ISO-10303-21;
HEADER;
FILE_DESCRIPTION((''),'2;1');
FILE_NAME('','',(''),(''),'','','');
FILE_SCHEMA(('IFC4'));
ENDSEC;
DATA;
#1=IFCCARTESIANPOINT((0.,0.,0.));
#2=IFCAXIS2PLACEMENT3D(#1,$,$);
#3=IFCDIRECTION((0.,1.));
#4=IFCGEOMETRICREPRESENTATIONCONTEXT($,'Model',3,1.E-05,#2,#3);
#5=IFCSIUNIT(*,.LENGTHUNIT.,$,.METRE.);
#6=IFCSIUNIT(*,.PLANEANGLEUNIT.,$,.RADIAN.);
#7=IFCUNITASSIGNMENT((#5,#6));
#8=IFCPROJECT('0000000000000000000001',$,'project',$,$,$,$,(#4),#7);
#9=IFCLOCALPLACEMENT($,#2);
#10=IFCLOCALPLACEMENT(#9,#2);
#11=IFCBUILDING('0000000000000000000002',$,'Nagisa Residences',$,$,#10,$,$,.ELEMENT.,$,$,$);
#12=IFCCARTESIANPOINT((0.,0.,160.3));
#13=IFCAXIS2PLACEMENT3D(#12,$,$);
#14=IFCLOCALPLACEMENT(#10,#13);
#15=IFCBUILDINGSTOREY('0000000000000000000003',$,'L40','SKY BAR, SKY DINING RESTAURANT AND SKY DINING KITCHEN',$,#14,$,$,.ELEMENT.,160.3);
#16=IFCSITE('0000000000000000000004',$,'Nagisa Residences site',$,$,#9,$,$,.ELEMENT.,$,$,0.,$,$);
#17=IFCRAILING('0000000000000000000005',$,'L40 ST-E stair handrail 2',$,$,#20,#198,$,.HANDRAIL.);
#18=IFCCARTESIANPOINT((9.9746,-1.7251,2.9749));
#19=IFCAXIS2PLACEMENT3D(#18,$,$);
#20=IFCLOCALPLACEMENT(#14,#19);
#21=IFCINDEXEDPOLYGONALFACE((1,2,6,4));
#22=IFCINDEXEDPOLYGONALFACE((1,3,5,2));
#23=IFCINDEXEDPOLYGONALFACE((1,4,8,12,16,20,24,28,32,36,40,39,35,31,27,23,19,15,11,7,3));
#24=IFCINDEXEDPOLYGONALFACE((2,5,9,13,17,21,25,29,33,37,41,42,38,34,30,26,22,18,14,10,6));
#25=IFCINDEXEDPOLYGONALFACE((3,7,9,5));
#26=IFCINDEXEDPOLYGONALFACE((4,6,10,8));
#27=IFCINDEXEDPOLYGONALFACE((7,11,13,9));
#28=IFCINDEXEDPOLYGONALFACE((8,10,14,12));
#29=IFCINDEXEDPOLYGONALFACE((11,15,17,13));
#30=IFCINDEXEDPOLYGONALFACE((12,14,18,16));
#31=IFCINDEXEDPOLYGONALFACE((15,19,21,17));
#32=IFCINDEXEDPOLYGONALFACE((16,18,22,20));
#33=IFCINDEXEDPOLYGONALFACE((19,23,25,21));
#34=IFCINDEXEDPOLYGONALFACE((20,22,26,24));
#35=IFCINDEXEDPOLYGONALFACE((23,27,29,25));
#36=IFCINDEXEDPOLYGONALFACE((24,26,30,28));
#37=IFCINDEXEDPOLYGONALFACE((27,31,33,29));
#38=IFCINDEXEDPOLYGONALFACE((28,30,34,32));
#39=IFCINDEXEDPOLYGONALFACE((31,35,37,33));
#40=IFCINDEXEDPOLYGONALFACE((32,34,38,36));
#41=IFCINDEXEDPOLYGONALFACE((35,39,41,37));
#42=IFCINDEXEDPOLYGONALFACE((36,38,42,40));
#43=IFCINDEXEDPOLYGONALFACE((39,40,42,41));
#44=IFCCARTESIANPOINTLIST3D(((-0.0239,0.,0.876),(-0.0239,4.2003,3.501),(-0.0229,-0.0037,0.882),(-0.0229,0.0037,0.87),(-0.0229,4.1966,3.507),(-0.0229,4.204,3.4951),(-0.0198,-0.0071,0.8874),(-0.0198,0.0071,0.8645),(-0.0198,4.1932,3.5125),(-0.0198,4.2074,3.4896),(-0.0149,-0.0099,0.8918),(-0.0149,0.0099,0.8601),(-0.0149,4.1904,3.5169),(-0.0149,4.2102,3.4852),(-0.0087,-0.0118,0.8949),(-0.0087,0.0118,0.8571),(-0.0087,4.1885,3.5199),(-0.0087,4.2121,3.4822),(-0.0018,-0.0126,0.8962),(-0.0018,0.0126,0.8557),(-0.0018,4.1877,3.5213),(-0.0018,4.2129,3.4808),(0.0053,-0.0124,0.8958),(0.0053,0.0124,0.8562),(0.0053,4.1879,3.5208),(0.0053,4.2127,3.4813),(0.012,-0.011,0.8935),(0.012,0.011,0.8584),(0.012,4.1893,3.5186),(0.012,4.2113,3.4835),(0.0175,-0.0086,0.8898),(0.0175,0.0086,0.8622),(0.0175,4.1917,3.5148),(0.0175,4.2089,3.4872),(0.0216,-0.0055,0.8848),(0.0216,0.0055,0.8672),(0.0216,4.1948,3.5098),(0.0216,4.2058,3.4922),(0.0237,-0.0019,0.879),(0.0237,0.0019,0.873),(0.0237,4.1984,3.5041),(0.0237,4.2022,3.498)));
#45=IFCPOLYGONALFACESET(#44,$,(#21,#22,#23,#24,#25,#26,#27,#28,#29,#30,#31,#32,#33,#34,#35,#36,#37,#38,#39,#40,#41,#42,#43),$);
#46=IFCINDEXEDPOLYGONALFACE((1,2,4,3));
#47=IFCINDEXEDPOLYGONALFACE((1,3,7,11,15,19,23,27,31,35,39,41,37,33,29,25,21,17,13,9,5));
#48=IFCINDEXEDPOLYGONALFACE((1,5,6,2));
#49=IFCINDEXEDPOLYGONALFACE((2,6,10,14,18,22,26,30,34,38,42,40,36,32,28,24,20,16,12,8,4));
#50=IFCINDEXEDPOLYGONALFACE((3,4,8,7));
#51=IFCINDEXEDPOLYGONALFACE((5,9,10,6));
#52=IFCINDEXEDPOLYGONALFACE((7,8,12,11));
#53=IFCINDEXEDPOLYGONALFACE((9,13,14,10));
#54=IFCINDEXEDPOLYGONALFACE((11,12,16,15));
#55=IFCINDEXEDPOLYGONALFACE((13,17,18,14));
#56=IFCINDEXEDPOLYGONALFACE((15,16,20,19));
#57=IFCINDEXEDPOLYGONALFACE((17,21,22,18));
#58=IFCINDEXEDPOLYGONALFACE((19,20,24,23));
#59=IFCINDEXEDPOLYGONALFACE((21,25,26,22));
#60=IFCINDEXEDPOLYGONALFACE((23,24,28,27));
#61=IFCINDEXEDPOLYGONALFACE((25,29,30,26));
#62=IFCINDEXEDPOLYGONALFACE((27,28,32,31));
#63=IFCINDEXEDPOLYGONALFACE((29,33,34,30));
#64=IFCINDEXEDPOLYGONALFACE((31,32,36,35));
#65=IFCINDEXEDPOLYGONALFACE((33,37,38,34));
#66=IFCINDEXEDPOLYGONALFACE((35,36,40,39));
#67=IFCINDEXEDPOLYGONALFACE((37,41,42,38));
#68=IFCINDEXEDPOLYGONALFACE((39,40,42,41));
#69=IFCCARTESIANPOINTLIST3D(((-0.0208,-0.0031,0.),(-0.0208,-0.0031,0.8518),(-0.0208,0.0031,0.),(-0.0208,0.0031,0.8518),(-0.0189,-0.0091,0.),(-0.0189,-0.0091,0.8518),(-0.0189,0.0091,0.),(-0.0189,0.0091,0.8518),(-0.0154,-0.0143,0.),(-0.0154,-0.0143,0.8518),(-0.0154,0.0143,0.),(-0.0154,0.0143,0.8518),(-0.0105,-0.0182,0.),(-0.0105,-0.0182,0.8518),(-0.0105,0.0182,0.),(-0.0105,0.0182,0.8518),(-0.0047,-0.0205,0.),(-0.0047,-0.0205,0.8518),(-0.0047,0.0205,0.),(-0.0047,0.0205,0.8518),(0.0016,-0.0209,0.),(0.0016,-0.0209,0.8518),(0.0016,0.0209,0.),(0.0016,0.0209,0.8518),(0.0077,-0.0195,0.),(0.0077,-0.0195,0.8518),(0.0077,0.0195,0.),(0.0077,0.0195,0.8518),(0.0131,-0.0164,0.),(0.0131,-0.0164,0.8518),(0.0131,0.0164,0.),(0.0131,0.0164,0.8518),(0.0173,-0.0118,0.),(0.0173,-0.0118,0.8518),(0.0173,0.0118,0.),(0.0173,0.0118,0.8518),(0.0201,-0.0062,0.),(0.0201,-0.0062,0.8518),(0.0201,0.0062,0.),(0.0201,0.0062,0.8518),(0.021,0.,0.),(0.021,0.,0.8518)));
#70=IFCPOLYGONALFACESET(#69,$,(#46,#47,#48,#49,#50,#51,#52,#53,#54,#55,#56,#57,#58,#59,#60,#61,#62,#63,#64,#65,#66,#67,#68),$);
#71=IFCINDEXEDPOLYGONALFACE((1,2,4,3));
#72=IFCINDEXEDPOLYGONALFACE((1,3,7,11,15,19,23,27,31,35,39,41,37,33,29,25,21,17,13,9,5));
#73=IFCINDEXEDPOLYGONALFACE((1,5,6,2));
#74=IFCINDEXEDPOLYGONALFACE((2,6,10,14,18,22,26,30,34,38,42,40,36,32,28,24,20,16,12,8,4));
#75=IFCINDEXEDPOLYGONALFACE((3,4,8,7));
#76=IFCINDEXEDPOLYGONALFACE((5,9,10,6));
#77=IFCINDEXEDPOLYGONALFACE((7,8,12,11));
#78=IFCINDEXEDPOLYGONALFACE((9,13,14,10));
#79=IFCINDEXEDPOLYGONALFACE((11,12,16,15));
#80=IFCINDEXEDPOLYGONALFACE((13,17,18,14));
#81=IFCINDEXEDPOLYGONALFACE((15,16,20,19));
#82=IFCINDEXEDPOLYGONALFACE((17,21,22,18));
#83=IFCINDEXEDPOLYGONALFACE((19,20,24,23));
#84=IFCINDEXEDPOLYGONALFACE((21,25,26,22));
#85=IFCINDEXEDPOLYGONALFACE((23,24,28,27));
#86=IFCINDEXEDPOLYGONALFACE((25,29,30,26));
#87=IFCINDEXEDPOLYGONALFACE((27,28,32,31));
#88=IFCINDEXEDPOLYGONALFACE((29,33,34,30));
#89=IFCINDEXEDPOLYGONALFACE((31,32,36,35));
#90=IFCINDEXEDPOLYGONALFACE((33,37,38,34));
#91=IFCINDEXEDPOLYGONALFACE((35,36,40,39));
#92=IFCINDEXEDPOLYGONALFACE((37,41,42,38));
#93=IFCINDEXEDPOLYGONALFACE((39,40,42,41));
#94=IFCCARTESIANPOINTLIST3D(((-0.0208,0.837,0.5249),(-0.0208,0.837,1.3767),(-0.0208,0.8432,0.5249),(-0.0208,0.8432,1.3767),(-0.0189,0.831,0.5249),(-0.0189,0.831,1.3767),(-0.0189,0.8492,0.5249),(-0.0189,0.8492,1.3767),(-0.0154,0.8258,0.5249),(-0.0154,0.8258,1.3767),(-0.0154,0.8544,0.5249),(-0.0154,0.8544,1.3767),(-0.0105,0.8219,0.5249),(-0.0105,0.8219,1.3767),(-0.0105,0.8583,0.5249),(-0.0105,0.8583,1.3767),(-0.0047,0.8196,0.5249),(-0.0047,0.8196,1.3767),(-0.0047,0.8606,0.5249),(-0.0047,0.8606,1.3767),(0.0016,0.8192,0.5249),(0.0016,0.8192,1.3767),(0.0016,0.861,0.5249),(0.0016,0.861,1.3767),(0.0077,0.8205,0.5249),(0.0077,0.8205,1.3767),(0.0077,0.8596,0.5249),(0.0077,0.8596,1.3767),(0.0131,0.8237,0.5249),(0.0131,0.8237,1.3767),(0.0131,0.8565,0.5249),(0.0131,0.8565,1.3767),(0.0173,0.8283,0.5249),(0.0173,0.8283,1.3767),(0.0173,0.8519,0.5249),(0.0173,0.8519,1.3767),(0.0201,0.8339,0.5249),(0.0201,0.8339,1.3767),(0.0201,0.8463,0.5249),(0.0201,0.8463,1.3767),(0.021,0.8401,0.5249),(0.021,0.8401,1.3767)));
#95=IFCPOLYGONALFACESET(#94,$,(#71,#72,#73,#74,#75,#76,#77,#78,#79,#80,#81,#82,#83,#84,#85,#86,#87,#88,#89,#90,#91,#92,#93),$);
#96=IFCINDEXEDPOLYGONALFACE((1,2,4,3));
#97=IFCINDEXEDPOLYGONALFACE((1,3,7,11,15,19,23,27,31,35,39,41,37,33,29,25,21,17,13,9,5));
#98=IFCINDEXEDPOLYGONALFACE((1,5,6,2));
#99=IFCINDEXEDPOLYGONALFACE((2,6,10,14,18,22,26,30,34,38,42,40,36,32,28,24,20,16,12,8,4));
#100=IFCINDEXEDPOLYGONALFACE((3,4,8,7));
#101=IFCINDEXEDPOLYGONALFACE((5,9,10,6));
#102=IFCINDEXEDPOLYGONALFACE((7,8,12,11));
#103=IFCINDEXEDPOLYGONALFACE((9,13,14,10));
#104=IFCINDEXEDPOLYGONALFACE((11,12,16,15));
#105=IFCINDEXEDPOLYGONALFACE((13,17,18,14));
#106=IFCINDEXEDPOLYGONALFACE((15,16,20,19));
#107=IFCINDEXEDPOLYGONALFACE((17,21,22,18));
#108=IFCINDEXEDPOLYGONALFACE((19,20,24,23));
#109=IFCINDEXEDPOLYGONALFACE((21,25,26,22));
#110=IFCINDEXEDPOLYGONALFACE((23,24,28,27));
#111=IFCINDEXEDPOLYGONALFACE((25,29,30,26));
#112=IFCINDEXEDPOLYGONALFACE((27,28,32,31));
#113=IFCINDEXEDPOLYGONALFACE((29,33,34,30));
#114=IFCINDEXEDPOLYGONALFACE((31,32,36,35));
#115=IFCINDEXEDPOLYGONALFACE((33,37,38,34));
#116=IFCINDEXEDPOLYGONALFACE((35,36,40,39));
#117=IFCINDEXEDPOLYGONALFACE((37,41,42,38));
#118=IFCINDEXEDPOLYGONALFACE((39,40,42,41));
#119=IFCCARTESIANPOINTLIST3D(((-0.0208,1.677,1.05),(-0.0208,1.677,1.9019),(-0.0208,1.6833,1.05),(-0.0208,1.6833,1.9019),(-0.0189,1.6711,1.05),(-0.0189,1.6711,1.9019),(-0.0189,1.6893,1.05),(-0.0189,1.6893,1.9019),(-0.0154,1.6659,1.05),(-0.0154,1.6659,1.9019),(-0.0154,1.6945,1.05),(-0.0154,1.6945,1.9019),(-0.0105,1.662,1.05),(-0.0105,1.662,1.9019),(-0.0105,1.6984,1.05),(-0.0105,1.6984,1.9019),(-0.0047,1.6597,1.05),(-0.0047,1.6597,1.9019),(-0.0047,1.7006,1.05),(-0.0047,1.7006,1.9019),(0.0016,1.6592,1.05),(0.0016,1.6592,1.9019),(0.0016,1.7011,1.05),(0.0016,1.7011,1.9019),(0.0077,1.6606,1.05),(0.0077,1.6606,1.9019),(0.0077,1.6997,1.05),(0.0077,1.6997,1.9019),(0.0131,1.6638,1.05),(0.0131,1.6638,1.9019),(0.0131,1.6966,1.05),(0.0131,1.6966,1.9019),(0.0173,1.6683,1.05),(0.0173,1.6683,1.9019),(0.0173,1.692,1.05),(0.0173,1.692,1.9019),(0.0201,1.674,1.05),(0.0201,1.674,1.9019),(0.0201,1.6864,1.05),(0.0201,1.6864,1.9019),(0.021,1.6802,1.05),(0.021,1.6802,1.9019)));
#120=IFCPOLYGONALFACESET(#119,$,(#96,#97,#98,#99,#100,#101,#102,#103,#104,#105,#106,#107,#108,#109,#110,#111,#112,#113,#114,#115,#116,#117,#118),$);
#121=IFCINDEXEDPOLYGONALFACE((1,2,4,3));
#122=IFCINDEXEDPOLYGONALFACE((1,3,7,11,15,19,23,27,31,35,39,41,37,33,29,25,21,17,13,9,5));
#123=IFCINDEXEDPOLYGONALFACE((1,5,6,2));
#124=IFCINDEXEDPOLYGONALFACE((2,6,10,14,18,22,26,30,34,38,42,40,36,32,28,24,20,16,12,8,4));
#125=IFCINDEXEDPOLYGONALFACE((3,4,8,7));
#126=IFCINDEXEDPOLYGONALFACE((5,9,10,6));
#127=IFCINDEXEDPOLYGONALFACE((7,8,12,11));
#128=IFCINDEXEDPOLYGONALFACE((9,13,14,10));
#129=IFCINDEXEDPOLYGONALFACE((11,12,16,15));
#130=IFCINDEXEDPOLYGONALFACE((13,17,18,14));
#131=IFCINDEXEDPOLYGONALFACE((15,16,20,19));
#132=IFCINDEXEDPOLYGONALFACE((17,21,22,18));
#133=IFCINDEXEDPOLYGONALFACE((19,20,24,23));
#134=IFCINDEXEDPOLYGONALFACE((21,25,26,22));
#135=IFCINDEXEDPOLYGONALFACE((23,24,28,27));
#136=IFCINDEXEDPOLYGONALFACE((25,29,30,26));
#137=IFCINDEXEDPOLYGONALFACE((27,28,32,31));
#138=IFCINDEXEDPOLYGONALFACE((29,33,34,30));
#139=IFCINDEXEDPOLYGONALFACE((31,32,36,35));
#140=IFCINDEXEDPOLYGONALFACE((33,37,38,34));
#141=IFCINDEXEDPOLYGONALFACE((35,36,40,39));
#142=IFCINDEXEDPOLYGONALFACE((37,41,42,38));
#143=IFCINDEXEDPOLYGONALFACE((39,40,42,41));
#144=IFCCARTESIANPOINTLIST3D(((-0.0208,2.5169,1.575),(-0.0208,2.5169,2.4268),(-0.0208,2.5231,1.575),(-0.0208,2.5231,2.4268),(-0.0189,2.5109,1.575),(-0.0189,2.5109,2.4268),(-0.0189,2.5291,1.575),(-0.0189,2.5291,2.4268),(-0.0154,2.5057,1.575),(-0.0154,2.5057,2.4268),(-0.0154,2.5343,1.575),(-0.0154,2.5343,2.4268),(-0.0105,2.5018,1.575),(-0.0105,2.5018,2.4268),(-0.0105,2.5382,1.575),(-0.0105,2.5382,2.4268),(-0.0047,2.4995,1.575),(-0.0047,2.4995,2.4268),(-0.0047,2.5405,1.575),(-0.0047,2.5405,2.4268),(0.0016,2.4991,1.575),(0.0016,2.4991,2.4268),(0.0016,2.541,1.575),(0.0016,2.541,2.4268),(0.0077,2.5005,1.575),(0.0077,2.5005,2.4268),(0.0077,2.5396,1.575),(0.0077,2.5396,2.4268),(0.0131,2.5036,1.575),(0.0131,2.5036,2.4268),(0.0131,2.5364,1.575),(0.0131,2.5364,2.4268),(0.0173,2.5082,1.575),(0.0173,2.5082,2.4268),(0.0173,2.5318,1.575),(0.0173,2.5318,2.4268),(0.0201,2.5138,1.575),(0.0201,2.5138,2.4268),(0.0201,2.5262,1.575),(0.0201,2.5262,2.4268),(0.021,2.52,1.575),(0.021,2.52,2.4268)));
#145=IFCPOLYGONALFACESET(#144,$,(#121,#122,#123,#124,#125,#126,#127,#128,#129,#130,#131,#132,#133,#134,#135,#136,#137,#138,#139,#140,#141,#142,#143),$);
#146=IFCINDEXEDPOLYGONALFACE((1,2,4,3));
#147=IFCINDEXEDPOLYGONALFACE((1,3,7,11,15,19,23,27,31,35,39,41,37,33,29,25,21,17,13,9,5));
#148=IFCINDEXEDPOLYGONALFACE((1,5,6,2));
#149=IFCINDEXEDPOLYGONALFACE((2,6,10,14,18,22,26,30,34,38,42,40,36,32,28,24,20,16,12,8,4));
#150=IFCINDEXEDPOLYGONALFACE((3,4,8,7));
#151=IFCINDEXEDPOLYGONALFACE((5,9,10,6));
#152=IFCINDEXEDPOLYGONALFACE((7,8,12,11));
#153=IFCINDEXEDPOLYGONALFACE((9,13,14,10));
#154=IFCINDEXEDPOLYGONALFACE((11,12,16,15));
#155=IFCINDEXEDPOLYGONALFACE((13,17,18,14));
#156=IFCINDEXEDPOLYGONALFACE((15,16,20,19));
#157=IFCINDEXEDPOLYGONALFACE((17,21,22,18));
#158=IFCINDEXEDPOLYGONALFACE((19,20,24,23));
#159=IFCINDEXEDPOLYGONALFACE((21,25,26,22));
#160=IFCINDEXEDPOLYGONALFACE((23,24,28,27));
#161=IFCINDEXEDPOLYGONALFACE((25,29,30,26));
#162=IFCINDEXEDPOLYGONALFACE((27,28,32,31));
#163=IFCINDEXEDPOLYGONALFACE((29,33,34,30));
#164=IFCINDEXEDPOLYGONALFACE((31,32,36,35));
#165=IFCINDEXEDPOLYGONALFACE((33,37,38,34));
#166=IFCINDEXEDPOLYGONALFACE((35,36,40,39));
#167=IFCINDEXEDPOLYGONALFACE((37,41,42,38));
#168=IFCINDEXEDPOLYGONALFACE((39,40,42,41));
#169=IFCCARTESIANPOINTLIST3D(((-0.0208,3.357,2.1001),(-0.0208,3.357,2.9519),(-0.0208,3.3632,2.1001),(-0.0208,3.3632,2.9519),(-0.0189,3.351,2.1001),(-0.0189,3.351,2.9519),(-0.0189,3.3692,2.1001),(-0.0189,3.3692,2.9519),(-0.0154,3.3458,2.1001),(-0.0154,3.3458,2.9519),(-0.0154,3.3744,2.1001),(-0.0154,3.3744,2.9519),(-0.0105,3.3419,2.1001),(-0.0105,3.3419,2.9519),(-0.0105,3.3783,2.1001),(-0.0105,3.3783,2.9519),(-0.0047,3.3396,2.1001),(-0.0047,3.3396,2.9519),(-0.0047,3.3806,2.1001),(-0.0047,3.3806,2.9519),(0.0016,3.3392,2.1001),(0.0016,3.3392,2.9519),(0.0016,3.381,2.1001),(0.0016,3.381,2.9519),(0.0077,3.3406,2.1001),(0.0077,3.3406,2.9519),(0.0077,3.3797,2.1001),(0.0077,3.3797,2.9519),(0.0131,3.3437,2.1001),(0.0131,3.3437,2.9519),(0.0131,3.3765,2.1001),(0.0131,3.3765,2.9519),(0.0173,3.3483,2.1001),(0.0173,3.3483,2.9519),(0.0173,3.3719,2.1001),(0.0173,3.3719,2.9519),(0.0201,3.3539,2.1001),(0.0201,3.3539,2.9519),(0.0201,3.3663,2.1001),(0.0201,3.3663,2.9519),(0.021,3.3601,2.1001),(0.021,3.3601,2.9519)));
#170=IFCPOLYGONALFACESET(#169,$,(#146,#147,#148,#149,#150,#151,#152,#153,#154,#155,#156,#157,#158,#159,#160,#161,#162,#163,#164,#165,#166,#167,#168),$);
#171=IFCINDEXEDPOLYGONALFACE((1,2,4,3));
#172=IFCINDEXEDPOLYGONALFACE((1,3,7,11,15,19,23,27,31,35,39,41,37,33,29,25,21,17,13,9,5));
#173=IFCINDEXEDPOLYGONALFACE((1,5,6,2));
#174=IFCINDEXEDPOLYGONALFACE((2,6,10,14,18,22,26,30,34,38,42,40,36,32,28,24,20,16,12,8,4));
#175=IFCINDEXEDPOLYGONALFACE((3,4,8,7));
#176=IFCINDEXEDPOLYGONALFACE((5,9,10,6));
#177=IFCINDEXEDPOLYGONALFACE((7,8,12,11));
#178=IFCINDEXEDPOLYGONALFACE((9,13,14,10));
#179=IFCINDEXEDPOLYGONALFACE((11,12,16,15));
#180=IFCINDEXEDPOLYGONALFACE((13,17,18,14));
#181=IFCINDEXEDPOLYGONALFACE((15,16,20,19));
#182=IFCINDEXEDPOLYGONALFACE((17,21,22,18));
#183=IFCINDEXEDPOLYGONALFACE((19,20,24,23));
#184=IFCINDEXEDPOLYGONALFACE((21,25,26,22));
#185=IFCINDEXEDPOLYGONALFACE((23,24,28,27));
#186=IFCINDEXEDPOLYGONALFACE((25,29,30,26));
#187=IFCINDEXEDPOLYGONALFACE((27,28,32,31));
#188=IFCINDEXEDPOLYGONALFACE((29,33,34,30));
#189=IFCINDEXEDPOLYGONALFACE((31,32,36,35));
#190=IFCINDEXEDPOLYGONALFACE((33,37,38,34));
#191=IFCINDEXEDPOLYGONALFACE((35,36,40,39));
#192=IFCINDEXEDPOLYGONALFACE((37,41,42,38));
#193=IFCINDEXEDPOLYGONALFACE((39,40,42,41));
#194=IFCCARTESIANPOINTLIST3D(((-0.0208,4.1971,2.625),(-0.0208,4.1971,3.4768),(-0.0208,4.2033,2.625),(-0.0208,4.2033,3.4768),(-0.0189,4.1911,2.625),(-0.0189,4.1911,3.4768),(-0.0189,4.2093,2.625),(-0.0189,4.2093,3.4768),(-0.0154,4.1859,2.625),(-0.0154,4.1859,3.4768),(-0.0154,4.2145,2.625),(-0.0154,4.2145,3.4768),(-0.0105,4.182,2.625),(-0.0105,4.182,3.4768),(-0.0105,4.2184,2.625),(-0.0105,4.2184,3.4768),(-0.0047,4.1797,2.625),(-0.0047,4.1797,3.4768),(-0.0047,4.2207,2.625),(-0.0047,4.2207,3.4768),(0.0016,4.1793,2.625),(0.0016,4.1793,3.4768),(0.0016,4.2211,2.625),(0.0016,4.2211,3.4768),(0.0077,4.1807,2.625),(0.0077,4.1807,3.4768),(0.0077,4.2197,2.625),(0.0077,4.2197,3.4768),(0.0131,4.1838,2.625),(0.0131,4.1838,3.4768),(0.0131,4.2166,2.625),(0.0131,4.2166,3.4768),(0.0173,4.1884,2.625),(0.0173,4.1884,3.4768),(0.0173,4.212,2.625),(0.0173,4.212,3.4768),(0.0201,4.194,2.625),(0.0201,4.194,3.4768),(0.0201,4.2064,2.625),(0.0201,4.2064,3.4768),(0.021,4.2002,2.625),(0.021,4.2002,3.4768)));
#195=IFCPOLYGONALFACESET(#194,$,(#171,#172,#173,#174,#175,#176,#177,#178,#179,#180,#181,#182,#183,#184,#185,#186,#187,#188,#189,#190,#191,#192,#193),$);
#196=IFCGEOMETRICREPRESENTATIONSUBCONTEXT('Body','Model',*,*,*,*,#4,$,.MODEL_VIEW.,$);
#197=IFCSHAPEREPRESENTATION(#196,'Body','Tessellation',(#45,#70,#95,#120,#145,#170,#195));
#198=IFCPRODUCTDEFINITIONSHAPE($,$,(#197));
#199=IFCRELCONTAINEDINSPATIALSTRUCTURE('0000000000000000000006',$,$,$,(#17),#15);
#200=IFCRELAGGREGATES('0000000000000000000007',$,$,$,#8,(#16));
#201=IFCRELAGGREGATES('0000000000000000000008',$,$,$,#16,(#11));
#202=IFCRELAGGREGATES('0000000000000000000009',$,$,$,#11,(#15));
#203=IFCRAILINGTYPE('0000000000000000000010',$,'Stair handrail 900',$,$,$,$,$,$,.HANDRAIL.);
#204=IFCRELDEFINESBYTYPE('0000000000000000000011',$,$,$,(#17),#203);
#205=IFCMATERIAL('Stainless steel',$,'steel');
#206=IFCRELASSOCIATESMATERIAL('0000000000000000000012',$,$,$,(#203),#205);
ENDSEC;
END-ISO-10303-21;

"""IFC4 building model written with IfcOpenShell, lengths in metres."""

from ifc_helpers import new_model, si_unit, direction, frame, origin, origin_2d, place, context, subcontext, project, spatial, circle, extrude, material, type_object, element, save


model = new_model("IFC4")

# Units and contexts
model_context = context("Model", 3, precision=1e-05, world=origin(), true_north=direction((0.0, 1.0)))
body_context = subcontext(model_context, "Body", "Model", "MODEL_VIEW")
ifc_project = project(units=[si_unit("LENGTHUNIT", "METRE"), si_unit("PLANEANGLEUNIT", "RADIAN")], contexts=[model_context])

# Site, building, storey
site_placement = place(None, origin())
site = spatial("IfcSite", under=ifc_project, at=site_placement, Name="Nagisa Residences site", CompositionType="ELEMENT", RefElevation=0.0)
building_placement = place(site_placement, origin())
building = spatial("IfcBuilding", under=site, at=building_placement, Name="Nagisa Residences", CompositionType="ELEMENT")
storey_placement = place(building_placement, frame((0.0, 0.0, 160.3)))
storey = spatial("IfcBuildingStorey", under=building, at=storey_placement, Name="L40", Description="SKY BAR, SKY DINING RESTAURANT AND SKY DINING KITCHEN", CompositionType="ELEMENT", Elevation=160.3)

# Railing
ifc_material_1 = material(Name="Stainless steel", Category="steel")
railing_type = type_object("IfcRailingType", Name="Stair handrail 900", PredefinedType="HANDRAIL", material=ifc_material_1)
railing_placement = place(storey_placement, frame((9.9746, -1.7251, 2.9749)))
element("IfcRailing", 1, at=railing_placement, inside=storey, type_object=railing_type, Name="L40 ST-E stair handrail 2", PredefinedType="HANDRAIL", context=body_context, shape_type="SweptSolid", body=[
    extrude(circle(Radius=0.0239, at=origin_2d()), frame((0.0, 0.0, 0.876), z_axis=(0.0, 0.848009, 0.529981), x_axis=(-1.0, 0.0, 0.0)), (0.0, 0.0, 1.0), 4.9531),
    extrude(circle(Radius=0.021, at=origin_2d()), origin(), (0.0, 0.0, 1.0), 0.8518),
    extrude(circle(Radius=0.021, at=origin_2d()), frame((0.0, 0.8401, 0.5249)), (0.0, 0.0, 1.0), 0.8518),
    extrude(circle(Radius=0.021, at=origin_2d()), frame((0.0, 1.6802, 1.05)), (0.0, 0.0, 1.0), 0.8518),
    extrude(circle(Radius=0.021, at=origin_2d()), frame((0.0, 2.52, 1.575)), (0.0, 0.0, 1.0), 0.8518),
    extrude(circle(Radius=0.021, at=origin_2d()), frame((0.0, 3.3601, 2.1001)), (0.0, 0.0, 1.0), 0.8518),
    extrude(circle(Radius=0.021, at=origin_2d()), frame((0.0, 4.2002, 2.625)), (0.0, 0.0, 1.0), 0.8518),
])

save(model, "model.ifc")
